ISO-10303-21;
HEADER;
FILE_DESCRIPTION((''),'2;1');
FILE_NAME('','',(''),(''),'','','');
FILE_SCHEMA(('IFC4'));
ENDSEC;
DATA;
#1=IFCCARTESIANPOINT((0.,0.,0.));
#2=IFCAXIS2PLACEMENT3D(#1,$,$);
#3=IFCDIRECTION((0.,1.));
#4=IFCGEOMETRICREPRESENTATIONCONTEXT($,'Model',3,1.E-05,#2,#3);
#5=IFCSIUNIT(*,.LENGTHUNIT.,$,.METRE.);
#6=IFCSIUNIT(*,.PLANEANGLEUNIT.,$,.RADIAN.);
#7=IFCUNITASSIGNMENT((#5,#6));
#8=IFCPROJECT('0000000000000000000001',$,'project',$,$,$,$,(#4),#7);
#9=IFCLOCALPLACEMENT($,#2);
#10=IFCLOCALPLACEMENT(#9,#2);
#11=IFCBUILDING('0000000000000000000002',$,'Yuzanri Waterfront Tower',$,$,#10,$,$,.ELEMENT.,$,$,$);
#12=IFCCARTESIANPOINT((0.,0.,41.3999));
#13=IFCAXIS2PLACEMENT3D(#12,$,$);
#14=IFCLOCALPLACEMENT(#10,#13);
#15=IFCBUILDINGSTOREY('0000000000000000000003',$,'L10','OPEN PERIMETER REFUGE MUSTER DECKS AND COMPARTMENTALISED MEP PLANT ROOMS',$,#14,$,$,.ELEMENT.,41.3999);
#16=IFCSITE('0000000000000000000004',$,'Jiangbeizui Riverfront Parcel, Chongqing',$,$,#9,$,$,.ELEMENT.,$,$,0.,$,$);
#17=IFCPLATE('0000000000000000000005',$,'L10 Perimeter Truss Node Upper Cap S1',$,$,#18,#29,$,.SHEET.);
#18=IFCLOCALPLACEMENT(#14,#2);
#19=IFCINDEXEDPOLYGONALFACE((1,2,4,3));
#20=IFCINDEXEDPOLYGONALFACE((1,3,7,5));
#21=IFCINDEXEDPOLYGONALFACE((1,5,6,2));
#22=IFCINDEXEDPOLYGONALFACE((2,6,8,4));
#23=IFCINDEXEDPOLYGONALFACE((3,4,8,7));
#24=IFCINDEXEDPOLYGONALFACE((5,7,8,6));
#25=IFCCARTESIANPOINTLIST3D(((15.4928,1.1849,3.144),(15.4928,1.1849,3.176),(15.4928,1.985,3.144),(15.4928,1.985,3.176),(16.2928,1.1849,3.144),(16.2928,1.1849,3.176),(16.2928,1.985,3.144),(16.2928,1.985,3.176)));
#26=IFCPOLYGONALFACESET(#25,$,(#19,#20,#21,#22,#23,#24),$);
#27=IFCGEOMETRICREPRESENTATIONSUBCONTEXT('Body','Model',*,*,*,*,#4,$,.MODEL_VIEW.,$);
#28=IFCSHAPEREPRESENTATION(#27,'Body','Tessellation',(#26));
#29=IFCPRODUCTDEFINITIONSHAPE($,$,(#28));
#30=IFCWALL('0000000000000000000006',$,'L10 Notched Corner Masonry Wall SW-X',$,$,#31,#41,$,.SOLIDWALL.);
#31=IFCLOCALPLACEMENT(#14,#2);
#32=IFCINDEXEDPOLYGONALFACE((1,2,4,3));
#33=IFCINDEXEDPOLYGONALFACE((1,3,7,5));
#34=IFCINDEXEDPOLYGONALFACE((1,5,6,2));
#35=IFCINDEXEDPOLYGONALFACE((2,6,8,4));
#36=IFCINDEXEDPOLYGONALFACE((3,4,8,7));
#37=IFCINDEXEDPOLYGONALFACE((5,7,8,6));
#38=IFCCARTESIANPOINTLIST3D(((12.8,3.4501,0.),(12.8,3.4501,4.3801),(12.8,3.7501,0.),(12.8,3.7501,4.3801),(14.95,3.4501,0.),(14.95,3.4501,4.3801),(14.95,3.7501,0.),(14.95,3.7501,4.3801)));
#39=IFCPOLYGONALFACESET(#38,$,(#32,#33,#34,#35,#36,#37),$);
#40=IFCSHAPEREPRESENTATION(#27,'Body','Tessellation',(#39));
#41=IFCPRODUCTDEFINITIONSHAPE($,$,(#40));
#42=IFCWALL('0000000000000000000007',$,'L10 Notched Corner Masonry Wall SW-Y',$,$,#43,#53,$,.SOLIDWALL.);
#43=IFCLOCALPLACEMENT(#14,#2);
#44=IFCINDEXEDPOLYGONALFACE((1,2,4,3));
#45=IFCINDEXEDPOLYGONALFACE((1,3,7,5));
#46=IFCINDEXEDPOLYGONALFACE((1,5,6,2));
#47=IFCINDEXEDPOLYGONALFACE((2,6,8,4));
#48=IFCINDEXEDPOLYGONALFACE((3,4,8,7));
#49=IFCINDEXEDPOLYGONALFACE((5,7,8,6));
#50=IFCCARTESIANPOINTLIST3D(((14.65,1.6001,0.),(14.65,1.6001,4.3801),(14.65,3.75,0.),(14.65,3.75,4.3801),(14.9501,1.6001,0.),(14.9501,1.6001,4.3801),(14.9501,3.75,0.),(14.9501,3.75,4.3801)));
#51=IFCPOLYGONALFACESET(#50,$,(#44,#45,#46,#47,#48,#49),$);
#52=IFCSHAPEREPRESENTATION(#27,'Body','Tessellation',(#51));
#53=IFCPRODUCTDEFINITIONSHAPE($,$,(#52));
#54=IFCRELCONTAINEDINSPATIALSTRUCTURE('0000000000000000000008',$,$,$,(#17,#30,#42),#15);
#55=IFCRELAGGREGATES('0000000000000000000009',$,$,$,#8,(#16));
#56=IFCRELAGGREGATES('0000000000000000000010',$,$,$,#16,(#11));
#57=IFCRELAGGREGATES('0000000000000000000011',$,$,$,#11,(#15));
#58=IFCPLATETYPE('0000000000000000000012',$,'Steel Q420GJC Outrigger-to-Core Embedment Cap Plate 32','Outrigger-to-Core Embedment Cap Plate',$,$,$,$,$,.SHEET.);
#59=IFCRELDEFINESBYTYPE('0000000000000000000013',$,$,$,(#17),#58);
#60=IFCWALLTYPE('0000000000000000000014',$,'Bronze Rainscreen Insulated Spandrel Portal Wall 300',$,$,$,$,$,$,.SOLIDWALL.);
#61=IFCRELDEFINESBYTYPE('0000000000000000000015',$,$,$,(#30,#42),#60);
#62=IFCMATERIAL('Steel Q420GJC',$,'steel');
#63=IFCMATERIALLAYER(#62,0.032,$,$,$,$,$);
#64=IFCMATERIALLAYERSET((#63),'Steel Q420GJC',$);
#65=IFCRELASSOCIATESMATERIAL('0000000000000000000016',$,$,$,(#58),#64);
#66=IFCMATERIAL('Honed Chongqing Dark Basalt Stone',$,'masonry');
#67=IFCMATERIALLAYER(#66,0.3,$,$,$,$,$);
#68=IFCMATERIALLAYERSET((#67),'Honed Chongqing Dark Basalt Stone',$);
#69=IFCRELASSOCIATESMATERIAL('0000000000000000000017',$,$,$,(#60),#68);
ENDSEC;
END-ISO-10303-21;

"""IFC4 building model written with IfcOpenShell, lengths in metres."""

from ifc_helpers import new_model, si_unit, direction, frame, frame_2d, origin, origin_2d, place, context, subcontext, project, spatial, rectangle, extrude, source, transform, mapped, material, layer, layer_set, type_object, element, save


model = new_model("IFC4")

# Units and contexts
model_context = context("Model", 3, precision=1e-05, world=origin(), true_north=direction((0.0, 1.0)))
body_context = subcontext(model_context, "Body", "Model", "MODEL_VIEW")
ifc_project = project(units=[si_unit("LENGTHUNIT", "METRE"), si_unit("PLANEANGLEUNIT", "RADIAN")], contexts=[model_context])

# Site, building, storey
site_placement = place(None, origin())
site = spatial("IfcSite", under=ifc_project, at=site_placement, Name="Jiangbeizui Riverfront Parcel, Chongqing", CompositionType="ELEMENT", RefElevation=0.0)
building_placement = place(site_placement, origin())
building = spatial("IfcBuilding", under=site, at=building_placement, Name="Yuzanri Waterfront Tower", CompositionType="ELEMENT")
storey_placement = place(building_placement, frame((0.0, 0.0, 41.3999)))
storey = spatial("IfcBuildingStorey", under=building, at=storey_placement, Name="L10", Description="OPEN PERIMETER REFUGE MUSTER DECKS AND COMPARTMENTALISED MEP PLANT ROOMS", CompositionType="ELEMENT", Elevation=41.3999)

# Plate
ifc_material_1 = material(Name="Steel Q420GJC", Category="steel")
ifc_layer_1 = layer(ifc_material_1, 0.032)
ifc_layer_set_1 = layer_set([ifc_layer_1], Name="Steel Q420GJC")
plate_type_1 = type_object("IfcPlateType", Name="Steel Q420GJC Outrigger-to-Core Embedment Cap Plate 32", Description="Outrigger-to-Core Embedment Cap Plate", PredefinedType="SHEET", material=ifc_layer_set_1)
shared_shape_1 = source(origin(), body_context, "Body", "SweptSolid", [
    extrude(rectangle(XDim=0.8, YDim=0.8, at=origin_2d()), origin(), (0.0, 0.0, 1.0), 0.032),
])
for number, where, z_axis, x_axis, name in (
    (1, (15.8928, 1.585, 3.144), (0.0, 0.0, 1.0), (1.0, 0.0, 0.0), "L10 Perimeter Truss Node Upper Cap S1"),
):
    element("IfcPlate", number, at=place(storey_placement, frame(where, z_axis=z_axis, x_axis=x_axis)), inside=storey, type_object=plate_type_1, Name=name, PredefinedType="SHEET", context=body_context, shape_type="MappedRepresentation", body=[
        mapped(shared_shape_1, transform((0.0, 0.0, 0.0), scale=1.0)),
    ])

# Walls
ifc_material_2 = material(Name="Honed Chongqing Dark Basalt Stone", Category="masonry")
ifc_layer_2 = layer(ifc_material_2, 0.3)
ifc_layer_set_2 = layer_set([ifc_layer_2], Name="Honed Chongqing Dark Basalt Stone")
wall_type = type_object("IfcWallType", Name="Bronze Rainscreen Insulated Spandrel Portal Wall 300", PredefinedType="SOLIDWALL", material=ifc_layer_set_2)
shared_shape_2 = source(origin(), body_context, "Body", "SweptSolid", [
    extrude(rectangle(XDim=2.1499, YDim=0.3, at=frame_2d((1.075, 0.0))), origin(), (0.0, 0.0, 1.0), 4.3801),
])
for number, where, z_axis, x_axis, name in (
    (2, (12.8, 3.6001, 0.0), (0.0, 0.0, 1.0), (1.0, 0.0, 0.0), "L10 Notched Corner Masonry Wall SW-X"),
    (3, (14.8, 3.75, 0.0), (0.0, 0.0, 1.0), (0.0, -1.0, 0.0), "L10 Notched Corner Masonry Wall SW-Y"),
):
    element("IfcWall", number, at=place(storey_placement, frame(where, z_axis=z_axis, x_axis=x_axis)), inside=storey, type_object=wall_type, Name=name, PredefinedType="SOLIDWALL", context=body_context, shape_type="MappedRepresentation", body=[
        mapped(shared_shape_2, transform((0.0, 0.0, 0.0), scale=1.0)),
    ])

save(model, "model.ifc")
